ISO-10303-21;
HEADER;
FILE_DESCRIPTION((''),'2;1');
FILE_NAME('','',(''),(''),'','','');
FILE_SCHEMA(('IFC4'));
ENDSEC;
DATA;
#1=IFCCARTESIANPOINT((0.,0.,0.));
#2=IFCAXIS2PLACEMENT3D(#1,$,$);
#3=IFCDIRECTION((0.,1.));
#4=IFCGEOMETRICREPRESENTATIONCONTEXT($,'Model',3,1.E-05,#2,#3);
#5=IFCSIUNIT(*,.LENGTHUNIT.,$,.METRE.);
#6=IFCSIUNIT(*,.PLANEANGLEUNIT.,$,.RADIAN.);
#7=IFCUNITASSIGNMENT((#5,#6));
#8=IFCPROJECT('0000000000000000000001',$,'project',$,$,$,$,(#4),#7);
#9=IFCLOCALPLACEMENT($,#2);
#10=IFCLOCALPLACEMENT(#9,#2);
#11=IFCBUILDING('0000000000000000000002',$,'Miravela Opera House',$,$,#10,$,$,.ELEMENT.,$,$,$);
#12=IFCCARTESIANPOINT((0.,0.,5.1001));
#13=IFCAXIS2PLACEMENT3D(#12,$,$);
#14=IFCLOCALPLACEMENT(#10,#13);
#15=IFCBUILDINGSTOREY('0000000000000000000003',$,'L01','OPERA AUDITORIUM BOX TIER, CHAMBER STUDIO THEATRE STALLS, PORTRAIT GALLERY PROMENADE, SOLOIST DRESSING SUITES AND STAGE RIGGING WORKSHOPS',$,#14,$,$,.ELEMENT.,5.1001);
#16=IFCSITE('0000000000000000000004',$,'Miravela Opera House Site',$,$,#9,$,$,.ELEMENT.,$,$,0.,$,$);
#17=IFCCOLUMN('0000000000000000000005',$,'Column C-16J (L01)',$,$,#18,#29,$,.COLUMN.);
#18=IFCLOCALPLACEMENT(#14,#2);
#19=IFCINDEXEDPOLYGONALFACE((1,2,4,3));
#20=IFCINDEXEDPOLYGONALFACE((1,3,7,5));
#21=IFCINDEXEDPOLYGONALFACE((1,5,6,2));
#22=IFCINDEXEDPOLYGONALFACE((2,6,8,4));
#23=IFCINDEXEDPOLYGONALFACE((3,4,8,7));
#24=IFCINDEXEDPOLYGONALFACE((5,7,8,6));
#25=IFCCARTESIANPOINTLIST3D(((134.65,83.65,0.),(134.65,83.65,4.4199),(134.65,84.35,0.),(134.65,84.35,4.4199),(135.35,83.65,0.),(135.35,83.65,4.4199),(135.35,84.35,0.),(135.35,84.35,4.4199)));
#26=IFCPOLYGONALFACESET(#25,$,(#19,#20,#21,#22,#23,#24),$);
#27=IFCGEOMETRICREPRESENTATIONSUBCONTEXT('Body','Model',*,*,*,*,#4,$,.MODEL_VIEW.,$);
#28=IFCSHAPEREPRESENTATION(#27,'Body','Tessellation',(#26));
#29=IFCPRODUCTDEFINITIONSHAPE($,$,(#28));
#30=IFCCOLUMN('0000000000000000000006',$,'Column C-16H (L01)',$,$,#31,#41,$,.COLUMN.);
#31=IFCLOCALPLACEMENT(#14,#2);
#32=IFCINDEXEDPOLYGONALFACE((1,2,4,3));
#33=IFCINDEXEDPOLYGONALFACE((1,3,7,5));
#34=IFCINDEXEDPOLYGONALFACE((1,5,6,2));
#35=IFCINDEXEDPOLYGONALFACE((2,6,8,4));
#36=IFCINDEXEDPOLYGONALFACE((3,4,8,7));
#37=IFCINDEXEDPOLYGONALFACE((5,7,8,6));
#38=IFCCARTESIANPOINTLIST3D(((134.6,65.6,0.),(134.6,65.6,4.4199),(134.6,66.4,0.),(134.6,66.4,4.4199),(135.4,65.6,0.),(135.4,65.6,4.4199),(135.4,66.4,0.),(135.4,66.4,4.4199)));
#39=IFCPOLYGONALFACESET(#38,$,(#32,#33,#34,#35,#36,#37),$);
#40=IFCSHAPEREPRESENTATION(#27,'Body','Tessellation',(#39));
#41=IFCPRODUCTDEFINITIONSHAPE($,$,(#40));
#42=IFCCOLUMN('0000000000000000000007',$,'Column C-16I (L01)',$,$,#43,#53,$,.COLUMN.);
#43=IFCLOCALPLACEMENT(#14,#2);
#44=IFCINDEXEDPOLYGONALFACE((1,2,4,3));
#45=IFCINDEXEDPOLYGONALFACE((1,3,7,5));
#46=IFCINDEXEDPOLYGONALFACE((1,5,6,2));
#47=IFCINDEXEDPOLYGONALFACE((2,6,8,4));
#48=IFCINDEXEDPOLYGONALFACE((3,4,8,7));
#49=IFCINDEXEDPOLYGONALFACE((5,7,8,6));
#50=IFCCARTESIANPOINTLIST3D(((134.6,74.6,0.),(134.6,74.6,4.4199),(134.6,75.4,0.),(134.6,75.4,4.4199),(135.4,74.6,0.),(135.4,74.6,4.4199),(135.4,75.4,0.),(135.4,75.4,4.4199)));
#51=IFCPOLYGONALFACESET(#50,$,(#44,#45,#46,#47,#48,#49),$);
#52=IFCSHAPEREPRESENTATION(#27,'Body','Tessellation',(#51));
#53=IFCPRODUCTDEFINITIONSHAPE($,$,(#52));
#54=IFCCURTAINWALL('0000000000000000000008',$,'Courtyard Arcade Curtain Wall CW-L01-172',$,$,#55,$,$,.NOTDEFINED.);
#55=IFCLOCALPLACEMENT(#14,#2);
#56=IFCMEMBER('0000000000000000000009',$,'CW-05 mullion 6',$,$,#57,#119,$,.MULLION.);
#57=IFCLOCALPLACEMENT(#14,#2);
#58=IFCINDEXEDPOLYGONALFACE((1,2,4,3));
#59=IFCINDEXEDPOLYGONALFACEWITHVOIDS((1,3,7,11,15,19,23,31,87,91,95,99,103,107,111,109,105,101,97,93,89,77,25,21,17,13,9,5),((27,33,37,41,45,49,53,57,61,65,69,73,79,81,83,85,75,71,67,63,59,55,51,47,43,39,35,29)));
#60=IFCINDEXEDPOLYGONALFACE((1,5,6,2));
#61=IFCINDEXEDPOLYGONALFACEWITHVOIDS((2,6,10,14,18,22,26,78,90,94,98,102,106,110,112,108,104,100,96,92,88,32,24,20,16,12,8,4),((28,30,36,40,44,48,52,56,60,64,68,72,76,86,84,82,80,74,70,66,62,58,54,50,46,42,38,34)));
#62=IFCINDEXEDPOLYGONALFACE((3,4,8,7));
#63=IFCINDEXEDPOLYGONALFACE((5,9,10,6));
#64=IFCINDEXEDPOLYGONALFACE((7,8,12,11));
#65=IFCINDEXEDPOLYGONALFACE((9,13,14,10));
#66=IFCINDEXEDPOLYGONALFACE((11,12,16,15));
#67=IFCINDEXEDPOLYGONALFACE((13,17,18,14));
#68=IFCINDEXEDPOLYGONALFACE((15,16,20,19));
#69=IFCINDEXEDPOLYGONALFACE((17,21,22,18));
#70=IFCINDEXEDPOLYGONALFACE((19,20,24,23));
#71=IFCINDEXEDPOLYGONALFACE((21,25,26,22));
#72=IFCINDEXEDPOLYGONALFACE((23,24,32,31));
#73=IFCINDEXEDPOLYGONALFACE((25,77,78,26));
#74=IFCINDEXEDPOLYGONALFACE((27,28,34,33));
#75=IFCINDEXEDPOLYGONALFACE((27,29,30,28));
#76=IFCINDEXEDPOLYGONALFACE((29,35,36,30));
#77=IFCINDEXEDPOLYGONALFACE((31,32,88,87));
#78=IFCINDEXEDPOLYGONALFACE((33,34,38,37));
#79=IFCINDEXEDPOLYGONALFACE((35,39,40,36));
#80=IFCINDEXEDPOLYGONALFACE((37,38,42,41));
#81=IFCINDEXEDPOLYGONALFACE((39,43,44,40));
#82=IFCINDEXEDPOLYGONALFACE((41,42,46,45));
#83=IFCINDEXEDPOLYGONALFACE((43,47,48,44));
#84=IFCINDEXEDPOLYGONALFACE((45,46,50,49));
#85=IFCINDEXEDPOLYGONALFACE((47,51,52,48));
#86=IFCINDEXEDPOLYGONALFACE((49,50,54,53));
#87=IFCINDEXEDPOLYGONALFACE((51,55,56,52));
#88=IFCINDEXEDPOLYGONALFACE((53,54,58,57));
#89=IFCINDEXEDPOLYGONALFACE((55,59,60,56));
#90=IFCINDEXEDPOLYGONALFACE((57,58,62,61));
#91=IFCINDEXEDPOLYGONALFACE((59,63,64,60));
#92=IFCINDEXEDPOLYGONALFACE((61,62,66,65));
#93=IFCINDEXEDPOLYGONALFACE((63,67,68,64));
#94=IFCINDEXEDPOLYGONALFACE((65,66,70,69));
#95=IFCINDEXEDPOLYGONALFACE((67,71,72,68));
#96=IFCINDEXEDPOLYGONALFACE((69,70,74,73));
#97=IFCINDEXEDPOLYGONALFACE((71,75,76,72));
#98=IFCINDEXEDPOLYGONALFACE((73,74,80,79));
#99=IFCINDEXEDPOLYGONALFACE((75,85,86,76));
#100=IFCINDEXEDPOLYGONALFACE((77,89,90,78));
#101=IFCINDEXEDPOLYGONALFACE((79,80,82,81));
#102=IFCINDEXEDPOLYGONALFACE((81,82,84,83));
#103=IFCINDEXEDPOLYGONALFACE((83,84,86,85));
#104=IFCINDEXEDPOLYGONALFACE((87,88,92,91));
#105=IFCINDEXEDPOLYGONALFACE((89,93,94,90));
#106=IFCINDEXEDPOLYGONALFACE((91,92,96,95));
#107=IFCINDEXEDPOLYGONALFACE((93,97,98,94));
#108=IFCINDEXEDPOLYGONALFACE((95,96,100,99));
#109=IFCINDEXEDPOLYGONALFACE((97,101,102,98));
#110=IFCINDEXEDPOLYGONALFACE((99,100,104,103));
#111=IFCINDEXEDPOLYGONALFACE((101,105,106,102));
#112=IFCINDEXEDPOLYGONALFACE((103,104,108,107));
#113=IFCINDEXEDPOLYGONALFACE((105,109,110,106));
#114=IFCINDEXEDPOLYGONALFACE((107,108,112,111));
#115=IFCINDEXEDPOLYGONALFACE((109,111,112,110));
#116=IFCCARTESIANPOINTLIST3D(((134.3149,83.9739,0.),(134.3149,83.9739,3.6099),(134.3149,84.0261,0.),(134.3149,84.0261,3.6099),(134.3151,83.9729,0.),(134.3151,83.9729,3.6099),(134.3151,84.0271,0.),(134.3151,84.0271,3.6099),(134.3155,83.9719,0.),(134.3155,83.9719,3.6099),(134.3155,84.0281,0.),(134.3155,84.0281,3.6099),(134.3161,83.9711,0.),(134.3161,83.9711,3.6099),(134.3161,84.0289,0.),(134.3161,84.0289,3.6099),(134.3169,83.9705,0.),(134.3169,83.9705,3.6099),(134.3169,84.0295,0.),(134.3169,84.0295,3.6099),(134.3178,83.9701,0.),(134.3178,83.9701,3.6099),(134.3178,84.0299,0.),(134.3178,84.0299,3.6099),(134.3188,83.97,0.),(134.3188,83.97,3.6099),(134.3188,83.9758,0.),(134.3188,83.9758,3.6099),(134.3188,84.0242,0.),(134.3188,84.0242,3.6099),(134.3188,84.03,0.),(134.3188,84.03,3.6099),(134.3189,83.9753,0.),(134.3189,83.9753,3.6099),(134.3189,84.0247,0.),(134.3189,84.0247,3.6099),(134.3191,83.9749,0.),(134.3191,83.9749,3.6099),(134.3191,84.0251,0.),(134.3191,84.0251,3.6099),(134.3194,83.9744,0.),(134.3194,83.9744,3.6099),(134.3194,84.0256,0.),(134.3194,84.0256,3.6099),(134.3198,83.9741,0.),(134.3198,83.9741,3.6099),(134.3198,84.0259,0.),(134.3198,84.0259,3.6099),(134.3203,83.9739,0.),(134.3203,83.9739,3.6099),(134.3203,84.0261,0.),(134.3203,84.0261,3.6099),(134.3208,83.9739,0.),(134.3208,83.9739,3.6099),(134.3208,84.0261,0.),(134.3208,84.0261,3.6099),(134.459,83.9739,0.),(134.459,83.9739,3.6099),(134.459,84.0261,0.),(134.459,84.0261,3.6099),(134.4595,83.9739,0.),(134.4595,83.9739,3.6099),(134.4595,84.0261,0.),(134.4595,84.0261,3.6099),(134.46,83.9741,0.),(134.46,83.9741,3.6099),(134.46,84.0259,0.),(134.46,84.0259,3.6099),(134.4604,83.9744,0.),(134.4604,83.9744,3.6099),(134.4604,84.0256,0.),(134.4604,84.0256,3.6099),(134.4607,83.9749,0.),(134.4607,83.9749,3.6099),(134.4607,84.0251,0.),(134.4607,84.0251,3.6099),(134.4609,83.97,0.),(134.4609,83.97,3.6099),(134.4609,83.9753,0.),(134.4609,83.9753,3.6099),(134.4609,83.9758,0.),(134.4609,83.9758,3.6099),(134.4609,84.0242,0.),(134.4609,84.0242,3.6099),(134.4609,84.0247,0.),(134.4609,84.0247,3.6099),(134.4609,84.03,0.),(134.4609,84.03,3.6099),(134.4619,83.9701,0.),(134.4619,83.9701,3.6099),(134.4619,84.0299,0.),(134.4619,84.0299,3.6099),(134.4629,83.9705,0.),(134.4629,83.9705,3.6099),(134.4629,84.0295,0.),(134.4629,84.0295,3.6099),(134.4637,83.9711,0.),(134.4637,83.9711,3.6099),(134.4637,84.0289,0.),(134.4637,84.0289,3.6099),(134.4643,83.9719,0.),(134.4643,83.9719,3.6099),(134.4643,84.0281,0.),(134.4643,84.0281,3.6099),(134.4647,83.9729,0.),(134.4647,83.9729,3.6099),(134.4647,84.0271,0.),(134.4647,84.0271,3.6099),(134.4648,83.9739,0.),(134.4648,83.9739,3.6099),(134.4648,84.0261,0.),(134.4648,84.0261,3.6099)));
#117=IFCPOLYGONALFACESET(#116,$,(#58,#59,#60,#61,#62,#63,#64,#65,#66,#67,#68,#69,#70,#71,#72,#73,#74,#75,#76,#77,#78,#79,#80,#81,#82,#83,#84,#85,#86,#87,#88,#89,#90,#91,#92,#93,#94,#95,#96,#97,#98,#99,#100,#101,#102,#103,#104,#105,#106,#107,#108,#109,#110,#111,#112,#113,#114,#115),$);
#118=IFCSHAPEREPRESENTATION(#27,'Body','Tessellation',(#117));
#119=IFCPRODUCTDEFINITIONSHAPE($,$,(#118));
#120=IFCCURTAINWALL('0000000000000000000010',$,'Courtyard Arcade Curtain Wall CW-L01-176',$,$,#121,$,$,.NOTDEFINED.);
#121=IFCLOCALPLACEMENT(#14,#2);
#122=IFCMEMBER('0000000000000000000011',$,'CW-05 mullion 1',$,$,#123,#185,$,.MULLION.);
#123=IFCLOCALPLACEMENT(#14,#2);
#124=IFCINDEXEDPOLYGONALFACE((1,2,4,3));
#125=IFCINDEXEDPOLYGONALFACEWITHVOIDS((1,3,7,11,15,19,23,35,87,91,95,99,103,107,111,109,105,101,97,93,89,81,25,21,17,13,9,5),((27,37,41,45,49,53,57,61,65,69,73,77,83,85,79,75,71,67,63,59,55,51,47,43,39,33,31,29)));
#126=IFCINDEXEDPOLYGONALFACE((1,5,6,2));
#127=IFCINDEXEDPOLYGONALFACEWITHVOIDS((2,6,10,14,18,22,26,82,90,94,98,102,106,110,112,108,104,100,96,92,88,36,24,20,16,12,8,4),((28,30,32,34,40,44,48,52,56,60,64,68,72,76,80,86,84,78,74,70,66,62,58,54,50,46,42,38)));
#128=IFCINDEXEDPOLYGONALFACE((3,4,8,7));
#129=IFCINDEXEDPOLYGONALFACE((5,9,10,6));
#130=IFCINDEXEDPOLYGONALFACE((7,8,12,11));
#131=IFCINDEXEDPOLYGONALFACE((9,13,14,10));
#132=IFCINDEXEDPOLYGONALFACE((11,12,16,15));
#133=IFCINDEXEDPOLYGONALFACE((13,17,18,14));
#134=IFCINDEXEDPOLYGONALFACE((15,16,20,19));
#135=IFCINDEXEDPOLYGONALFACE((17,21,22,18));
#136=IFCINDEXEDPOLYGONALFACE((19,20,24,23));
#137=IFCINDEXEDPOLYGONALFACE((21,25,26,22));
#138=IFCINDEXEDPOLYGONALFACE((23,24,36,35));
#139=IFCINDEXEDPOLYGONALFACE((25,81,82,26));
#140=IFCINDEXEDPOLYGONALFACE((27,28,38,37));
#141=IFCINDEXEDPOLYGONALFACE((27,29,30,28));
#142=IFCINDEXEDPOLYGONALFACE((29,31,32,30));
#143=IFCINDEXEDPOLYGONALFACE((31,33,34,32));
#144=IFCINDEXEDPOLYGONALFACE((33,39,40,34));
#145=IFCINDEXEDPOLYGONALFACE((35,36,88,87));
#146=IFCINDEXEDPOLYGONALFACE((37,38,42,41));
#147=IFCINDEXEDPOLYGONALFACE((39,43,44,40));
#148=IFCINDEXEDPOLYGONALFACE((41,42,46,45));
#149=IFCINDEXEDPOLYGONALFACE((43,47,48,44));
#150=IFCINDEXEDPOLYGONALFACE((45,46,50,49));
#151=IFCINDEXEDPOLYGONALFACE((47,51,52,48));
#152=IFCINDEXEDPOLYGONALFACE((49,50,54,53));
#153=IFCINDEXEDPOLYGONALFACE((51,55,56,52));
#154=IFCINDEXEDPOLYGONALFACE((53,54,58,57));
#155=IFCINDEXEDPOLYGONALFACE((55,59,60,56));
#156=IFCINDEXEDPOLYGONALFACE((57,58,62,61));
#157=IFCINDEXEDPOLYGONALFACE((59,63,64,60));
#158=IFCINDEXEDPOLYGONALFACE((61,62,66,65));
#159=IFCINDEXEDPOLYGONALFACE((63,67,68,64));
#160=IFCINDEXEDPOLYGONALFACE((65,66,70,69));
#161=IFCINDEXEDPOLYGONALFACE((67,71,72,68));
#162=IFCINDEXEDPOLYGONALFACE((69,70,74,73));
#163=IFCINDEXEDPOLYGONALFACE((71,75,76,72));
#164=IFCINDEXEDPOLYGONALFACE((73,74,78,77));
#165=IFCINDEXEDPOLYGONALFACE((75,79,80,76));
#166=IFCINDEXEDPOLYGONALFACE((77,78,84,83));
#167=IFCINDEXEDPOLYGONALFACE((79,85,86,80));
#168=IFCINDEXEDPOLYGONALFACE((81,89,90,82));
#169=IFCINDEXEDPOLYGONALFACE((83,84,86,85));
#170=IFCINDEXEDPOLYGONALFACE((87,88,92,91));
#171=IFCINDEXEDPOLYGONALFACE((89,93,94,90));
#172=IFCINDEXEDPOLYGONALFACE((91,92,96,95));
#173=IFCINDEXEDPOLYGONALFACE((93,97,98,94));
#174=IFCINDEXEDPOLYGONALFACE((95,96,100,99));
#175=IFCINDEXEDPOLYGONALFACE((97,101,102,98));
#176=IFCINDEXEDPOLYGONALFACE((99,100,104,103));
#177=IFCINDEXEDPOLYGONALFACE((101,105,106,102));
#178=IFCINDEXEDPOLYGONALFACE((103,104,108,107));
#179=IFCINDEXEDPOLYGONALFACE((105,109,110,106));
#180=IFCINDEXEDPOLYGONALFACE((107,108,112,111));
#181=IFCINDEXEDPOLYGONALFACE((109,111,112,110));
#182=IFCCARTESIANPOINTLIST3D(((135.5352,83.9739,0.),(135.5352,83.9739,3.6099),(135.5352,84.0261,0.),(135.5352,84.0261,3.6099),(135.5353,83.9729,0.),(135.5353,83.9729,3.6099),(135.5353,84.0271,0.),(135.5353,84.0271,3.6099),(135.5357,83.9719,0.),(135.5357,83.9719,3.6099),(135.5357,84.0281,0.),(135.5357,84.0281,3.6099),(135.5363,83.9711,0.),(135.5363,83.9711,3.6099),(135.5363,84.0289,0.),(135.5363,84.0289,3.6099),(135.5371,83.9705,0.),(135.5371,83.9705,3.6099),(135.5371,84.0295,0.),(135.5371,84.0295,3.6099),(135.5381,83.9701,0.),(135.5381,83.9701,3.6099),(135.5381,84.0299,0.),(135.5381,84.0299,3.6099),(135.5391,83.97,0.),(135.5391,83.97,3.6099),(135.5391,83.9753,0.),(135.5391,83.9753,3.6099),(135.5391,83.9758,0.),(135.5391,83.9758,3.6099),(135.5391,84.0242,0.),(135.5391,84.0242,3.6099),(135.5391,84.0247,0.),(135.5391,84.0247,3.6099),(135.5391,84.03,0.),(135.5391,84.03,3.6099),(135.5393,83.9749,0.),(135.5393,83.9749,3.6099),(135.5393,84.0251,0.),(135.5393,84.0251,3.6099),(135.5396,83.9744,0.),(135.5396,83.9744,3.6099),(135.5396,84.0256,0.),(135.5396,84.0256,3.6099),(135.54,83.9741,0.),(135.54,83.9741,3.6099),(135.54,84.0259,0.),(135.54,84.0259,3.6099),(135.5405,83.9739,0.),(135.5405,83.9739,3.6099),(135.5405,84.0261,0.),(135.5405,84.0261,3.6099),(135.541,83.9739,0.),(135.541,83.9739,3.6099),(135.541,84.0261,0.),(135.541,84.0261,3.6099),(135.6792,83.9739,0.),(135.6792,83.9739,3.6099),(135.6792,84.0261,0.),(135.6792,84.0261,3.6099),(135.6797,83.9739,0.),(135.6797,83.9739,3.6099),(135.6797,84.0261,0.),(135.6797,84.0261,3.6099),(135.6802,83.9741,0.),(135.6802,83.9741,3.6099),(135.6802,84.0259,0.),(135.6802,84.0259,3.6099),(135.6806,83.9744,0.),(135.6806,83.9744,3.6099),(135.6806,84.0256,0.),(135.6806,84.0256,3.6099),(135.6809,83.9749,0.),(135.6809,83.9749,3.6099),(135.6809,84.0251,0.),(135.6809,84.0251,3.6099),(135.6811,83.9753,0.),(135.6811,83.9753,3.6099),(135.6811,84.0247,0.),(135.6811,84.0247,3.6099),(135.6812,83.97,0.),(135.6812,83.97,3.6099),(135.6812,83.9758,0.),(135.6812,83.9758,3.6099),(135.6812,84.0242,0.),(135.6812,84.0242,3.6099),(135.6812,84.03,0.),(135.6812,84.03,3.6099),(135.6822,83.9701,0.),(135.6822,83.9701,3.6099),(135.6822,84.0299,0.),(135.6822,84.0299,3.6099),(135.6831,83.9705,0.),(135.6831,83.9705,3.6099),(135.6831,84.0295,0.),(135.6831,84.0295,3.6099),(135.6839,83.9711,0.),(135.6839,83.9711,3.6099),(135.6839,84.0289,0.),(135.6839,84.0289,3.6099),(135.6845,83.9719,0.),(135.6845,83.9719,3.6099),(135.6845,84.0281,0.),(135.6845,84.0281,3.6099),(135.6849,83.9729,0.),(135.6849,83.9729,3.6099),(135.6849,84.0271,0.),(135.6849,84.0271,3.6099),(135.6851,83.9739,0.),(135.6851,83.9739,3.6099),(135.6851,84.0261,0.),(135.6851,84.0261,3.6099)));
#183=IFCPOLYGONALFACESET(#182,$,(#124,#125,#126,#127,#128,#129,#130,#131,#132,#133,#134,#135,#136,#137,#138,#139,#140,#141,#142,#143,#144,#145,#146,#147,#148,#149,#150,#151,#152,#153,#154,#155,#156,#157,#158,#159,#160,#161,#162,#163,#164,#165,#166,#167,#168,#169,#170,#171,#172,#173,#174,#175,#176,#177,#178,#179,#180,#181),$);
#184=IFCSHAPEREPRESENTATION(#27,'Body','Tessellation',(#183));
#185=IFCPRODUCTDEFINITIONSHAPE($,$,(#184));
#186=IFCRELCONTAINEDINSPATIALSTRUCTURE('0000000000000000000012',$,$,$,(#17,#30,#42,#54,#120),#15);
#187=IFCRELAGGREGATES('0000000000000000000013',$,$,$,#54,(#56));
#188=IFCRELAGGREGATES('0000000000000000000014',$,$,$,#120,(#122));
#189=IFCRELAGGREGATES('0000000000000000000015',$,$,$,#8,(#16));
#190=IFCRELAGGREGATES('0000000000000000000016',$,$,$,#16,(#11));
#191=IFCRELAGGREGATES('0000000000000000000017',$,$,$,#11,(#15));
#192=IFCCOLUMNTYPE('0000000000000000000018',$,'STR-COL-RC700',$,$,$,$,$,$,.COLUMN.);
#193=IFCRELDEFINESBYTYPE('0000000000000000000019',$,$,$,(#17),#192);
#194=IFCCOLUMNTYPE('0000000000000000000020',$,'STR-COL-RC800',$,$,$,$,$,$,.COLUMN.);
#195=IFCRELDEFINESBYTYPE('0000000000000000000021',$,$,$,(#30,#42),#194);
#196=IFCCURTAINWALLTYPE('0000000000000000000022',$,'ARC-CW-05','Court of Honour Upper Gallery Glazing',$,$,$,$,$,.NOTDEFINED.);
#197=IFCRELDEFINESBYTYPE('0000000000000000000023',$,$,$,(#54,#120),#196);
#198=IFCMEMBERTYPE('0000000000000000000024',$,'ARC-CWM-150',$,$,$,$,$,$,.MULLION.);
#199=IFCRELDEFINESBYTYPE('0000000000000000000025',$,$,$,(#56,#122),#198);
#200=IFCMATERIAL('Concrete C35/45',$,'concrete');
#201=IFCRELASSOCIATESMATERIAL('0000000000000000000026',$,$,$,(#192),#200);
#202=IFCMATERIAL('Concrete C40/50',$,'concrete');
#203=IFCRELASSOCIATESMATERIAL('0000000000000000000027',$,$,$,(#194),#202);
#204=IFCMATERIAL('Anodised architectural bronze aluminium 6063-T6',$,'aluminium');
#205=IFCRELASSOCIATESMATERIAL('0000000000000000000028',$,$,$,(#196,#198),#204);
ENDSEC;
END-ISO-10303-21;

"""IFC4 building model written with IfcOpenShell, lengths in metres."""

from ifc_helpers import new_model, si_unit, direction, frame, origin, origin_2d, place, context, subcontext, project, spatial, rectangle, hollow_rectangle, extrude, material, material_profile, profile_set, type_object, element, aggregate, save


model = new_model("IFC4")

# Units and contexts
model_context = context("Model", 3, precision=1e-05, world=origin(), true_north=direction((0.0, 1.0)))
body_context = subcontext(model_context, "Body", "Model", "MODEL_VIEW")
ifc_project = project(units=[si_unit("LENGTHUNIT", "METRE"), si_unit("PLANEANGLEUNIT", "RADIAN")], contexts=[model_context])

# Site, building, storey
site_placement = place(None, origin())
site = spatial("IfcSite", under=ifc_project, at=site_placement, Name="Miravela Opera House Site", CompositionType="ELEMENT", RefElevation=0.0)
building_placement = place(site_placement, origin())
building = spatial("IfcBuilding", under=site, at=building_placement, Name="Miravela Opera House", CompositionType="ELEMENT")
storey_placement = place(building_placement, frame((0.0, 0.0, 5.1001)))
storey = spatial("IfcBuildingStorey", under=building, at=storey_placement, Name="L01", Description="OPERA AUDITORIUM BOX TIER, CHAMBER STUDIO THEATRE STALLS, PORTRAIT GALLERY PROMENADE, SOLOIST DRESSING SUITES AND STAGE RIGGING WORKSHOPS", CompositionType="ELEMENT", Elevation=5.1001)

# Columns
ifc_material_1 = material(Name="Concrete C35/45", Category="concrete")
ifc_material_profile_1 = material_profile(ifc_material_1, rectangle(XDim=0.7, YDim=0.7, at=origin_2d()), Name="RC-COL-700X700")
ifc_profile_set_1 = profile_set([ifc_material_profile_1])
column_type_1 = type_object("IfcColumnType", Name="STR-COL-RC700", PredefinedType="COLUMN", material=ifc_profile_set_1)
column_placement = place(storey_placement, frame((135.0, 84.0, 0.0), z_axis=(0.0, 0.0, 1.0), x_axis=(1.0, 0.0, 0.0)))
element("IfcColumn", 1, at=column_placement, inside=storey, type_object=column_type_1, Name="Column C-16J (L01)", PredefinedType="COLUMN", context=body_context, shape_type="SweptSolid", body=[
    extrude(rectangle(XDim=0.7, YDim=0.7, at=origin_2d()), origin(), (0.0, 0.0, 1.0), 4.4199),
])
ifc_material_2 = material(Name="Concrete C40/50", Category="concrete")
ifc_material_profile_2 = material_profile(ifc_material_2, rectangle(XDim=0.8, YDim=0.8, at=origin_2d()), Name="RC-COL-800X800")
ifc_profile_set_2 = profile_set([ifc_material_profile_2])
column_type_2 = type_object("IfcColumnType", Name="STR-COL-RC800", PredefinedType="COLUMN", material=ifc_profile_set_2)
for number, where, z_axis, x_axis, name in (
    (2, (135.0, 66.0, 0.0), (0.0, 0.0, 1.0), (1.0, 0.0, 0.0), "Column C-16H (L01)"),
    (3, (135.0, 75.0, 0.0), (0.0, 0.0, 1.0), (1.0, 0.0, 0.0), "Column C-16I (L01)"),
):
    element("IfcColumn", number, at=place(storey_placement, frame(where, z_axis=z_axis, x_axis=x_axis)), inside=storey, type_object=column_type_2, Name=name, PredefinedType="COLUMN", context=body_context, shape_type="SweptSolid", body=[
        extrude(rectangle(XDim=0.8, YDim=0.8, at=origin_2d()), origin(), (0.0, 0.0, 1.0), 4.4199),
    ])

# Curtain wall, member
ifc_material_3 = material(Name="Anodised architectural bronze aluminium 6063-T6", Category="aluminium")
curtain_wall_type = type_object("IfcCurtainWallType", Name="ARC-CW-05", Description="Court of Honour Upper Gallery Glazing", PredefinedType="NOTDEFINED", material=ifc_material_3)
curtain_wall_1_placement = place(storey_placement, origin())
curtain_wall_1 = element("IfcCurtainWall", 4, at=curtain_wall_1_placement, inside=storey, type_object=curtain_wall_type, Name="Courtyard Arcade Curtain Wall CW-L01-172", PredefinedType="NOTDEFINED")
ifc_material_profile_3 = material_profile(ifc_material_3, hollow_rectangle(XDim=0.0601, YDim=0.1499, WallThickness=0.0039, InnerFilletRadius=0.002, OuterFilletRadius=0.0039, at=origin_2d()), Name="CWM-60X150")
ifc_profile_set_3 = profile_set([ifc_material_profile_3])
member_type_1 = type_object("IfcMemberType", Name="ARC-CWM-150", PredefinedType="MULLION", material=ifc_profile_set_3)
member_1_placement = place(storey_placement, frame((134.3899, 84.0, 0.0), z_axis=(0.0, 0.0, 1.0), x_axis=(0.0, 1.0, 0.0)))
member_1 = element("IfcMember", 5, at=member_1_placement, type_object=member_type_1, Name="CW-05 mullion 6", PredefinedType="MULLION", context=body_context, shape_type="SweptSolid", body=[
    extrude(hollow_rectangle(XDim=0.0601, YDim=0.1499, WallThickness=0.0039, InnerFilletRadius=0.002, OuterFilletRadius=0.0039, at=origin_2d()), origin(), (0.0, 0.0, 1.0), 3.6099),
])

# Curtain wall, member
curtain_wall_2_placement = place(storey_placement, origin())
curtain_wall_2 = element("IfcCurtainWall", 6, at=curtain_wall_2_placement, inside=storey, type_object=curtain_wall_type, Name="Courtyard Arcade Curtain Wall CW-L01-176", PredefinedType="NOTDEFINED")
member_2_placement = place(storey_placement, frame((135.6101, 84.0, 0.0), z_axis=(0.0, 0.0, 1.0), x_axis=(0.0, 1.0, 0.0)))
member_2 = element("IfcMember", 7, at=member_2_placement, type_object=member_type_1, Name="CW-05 mullion 1", PredefinedType="MULLION", context=body_context, shape_type="SweptSolid", body=[
    extrude(hollow_rectangle(XDim=0.0601, YDim=0.1499, WallThickness=0.0039, InnerFilletRadius=0.002, OuterFilletRadius=0.0039, at=origin_2d()), origin(), (0.0, 0.0, 1.0), 3.6099),
])

aggregate(curtain_wall_1, [member_1])
aggregate(curtain_wall_2, [member_2])

save(model, "model.ifc")
